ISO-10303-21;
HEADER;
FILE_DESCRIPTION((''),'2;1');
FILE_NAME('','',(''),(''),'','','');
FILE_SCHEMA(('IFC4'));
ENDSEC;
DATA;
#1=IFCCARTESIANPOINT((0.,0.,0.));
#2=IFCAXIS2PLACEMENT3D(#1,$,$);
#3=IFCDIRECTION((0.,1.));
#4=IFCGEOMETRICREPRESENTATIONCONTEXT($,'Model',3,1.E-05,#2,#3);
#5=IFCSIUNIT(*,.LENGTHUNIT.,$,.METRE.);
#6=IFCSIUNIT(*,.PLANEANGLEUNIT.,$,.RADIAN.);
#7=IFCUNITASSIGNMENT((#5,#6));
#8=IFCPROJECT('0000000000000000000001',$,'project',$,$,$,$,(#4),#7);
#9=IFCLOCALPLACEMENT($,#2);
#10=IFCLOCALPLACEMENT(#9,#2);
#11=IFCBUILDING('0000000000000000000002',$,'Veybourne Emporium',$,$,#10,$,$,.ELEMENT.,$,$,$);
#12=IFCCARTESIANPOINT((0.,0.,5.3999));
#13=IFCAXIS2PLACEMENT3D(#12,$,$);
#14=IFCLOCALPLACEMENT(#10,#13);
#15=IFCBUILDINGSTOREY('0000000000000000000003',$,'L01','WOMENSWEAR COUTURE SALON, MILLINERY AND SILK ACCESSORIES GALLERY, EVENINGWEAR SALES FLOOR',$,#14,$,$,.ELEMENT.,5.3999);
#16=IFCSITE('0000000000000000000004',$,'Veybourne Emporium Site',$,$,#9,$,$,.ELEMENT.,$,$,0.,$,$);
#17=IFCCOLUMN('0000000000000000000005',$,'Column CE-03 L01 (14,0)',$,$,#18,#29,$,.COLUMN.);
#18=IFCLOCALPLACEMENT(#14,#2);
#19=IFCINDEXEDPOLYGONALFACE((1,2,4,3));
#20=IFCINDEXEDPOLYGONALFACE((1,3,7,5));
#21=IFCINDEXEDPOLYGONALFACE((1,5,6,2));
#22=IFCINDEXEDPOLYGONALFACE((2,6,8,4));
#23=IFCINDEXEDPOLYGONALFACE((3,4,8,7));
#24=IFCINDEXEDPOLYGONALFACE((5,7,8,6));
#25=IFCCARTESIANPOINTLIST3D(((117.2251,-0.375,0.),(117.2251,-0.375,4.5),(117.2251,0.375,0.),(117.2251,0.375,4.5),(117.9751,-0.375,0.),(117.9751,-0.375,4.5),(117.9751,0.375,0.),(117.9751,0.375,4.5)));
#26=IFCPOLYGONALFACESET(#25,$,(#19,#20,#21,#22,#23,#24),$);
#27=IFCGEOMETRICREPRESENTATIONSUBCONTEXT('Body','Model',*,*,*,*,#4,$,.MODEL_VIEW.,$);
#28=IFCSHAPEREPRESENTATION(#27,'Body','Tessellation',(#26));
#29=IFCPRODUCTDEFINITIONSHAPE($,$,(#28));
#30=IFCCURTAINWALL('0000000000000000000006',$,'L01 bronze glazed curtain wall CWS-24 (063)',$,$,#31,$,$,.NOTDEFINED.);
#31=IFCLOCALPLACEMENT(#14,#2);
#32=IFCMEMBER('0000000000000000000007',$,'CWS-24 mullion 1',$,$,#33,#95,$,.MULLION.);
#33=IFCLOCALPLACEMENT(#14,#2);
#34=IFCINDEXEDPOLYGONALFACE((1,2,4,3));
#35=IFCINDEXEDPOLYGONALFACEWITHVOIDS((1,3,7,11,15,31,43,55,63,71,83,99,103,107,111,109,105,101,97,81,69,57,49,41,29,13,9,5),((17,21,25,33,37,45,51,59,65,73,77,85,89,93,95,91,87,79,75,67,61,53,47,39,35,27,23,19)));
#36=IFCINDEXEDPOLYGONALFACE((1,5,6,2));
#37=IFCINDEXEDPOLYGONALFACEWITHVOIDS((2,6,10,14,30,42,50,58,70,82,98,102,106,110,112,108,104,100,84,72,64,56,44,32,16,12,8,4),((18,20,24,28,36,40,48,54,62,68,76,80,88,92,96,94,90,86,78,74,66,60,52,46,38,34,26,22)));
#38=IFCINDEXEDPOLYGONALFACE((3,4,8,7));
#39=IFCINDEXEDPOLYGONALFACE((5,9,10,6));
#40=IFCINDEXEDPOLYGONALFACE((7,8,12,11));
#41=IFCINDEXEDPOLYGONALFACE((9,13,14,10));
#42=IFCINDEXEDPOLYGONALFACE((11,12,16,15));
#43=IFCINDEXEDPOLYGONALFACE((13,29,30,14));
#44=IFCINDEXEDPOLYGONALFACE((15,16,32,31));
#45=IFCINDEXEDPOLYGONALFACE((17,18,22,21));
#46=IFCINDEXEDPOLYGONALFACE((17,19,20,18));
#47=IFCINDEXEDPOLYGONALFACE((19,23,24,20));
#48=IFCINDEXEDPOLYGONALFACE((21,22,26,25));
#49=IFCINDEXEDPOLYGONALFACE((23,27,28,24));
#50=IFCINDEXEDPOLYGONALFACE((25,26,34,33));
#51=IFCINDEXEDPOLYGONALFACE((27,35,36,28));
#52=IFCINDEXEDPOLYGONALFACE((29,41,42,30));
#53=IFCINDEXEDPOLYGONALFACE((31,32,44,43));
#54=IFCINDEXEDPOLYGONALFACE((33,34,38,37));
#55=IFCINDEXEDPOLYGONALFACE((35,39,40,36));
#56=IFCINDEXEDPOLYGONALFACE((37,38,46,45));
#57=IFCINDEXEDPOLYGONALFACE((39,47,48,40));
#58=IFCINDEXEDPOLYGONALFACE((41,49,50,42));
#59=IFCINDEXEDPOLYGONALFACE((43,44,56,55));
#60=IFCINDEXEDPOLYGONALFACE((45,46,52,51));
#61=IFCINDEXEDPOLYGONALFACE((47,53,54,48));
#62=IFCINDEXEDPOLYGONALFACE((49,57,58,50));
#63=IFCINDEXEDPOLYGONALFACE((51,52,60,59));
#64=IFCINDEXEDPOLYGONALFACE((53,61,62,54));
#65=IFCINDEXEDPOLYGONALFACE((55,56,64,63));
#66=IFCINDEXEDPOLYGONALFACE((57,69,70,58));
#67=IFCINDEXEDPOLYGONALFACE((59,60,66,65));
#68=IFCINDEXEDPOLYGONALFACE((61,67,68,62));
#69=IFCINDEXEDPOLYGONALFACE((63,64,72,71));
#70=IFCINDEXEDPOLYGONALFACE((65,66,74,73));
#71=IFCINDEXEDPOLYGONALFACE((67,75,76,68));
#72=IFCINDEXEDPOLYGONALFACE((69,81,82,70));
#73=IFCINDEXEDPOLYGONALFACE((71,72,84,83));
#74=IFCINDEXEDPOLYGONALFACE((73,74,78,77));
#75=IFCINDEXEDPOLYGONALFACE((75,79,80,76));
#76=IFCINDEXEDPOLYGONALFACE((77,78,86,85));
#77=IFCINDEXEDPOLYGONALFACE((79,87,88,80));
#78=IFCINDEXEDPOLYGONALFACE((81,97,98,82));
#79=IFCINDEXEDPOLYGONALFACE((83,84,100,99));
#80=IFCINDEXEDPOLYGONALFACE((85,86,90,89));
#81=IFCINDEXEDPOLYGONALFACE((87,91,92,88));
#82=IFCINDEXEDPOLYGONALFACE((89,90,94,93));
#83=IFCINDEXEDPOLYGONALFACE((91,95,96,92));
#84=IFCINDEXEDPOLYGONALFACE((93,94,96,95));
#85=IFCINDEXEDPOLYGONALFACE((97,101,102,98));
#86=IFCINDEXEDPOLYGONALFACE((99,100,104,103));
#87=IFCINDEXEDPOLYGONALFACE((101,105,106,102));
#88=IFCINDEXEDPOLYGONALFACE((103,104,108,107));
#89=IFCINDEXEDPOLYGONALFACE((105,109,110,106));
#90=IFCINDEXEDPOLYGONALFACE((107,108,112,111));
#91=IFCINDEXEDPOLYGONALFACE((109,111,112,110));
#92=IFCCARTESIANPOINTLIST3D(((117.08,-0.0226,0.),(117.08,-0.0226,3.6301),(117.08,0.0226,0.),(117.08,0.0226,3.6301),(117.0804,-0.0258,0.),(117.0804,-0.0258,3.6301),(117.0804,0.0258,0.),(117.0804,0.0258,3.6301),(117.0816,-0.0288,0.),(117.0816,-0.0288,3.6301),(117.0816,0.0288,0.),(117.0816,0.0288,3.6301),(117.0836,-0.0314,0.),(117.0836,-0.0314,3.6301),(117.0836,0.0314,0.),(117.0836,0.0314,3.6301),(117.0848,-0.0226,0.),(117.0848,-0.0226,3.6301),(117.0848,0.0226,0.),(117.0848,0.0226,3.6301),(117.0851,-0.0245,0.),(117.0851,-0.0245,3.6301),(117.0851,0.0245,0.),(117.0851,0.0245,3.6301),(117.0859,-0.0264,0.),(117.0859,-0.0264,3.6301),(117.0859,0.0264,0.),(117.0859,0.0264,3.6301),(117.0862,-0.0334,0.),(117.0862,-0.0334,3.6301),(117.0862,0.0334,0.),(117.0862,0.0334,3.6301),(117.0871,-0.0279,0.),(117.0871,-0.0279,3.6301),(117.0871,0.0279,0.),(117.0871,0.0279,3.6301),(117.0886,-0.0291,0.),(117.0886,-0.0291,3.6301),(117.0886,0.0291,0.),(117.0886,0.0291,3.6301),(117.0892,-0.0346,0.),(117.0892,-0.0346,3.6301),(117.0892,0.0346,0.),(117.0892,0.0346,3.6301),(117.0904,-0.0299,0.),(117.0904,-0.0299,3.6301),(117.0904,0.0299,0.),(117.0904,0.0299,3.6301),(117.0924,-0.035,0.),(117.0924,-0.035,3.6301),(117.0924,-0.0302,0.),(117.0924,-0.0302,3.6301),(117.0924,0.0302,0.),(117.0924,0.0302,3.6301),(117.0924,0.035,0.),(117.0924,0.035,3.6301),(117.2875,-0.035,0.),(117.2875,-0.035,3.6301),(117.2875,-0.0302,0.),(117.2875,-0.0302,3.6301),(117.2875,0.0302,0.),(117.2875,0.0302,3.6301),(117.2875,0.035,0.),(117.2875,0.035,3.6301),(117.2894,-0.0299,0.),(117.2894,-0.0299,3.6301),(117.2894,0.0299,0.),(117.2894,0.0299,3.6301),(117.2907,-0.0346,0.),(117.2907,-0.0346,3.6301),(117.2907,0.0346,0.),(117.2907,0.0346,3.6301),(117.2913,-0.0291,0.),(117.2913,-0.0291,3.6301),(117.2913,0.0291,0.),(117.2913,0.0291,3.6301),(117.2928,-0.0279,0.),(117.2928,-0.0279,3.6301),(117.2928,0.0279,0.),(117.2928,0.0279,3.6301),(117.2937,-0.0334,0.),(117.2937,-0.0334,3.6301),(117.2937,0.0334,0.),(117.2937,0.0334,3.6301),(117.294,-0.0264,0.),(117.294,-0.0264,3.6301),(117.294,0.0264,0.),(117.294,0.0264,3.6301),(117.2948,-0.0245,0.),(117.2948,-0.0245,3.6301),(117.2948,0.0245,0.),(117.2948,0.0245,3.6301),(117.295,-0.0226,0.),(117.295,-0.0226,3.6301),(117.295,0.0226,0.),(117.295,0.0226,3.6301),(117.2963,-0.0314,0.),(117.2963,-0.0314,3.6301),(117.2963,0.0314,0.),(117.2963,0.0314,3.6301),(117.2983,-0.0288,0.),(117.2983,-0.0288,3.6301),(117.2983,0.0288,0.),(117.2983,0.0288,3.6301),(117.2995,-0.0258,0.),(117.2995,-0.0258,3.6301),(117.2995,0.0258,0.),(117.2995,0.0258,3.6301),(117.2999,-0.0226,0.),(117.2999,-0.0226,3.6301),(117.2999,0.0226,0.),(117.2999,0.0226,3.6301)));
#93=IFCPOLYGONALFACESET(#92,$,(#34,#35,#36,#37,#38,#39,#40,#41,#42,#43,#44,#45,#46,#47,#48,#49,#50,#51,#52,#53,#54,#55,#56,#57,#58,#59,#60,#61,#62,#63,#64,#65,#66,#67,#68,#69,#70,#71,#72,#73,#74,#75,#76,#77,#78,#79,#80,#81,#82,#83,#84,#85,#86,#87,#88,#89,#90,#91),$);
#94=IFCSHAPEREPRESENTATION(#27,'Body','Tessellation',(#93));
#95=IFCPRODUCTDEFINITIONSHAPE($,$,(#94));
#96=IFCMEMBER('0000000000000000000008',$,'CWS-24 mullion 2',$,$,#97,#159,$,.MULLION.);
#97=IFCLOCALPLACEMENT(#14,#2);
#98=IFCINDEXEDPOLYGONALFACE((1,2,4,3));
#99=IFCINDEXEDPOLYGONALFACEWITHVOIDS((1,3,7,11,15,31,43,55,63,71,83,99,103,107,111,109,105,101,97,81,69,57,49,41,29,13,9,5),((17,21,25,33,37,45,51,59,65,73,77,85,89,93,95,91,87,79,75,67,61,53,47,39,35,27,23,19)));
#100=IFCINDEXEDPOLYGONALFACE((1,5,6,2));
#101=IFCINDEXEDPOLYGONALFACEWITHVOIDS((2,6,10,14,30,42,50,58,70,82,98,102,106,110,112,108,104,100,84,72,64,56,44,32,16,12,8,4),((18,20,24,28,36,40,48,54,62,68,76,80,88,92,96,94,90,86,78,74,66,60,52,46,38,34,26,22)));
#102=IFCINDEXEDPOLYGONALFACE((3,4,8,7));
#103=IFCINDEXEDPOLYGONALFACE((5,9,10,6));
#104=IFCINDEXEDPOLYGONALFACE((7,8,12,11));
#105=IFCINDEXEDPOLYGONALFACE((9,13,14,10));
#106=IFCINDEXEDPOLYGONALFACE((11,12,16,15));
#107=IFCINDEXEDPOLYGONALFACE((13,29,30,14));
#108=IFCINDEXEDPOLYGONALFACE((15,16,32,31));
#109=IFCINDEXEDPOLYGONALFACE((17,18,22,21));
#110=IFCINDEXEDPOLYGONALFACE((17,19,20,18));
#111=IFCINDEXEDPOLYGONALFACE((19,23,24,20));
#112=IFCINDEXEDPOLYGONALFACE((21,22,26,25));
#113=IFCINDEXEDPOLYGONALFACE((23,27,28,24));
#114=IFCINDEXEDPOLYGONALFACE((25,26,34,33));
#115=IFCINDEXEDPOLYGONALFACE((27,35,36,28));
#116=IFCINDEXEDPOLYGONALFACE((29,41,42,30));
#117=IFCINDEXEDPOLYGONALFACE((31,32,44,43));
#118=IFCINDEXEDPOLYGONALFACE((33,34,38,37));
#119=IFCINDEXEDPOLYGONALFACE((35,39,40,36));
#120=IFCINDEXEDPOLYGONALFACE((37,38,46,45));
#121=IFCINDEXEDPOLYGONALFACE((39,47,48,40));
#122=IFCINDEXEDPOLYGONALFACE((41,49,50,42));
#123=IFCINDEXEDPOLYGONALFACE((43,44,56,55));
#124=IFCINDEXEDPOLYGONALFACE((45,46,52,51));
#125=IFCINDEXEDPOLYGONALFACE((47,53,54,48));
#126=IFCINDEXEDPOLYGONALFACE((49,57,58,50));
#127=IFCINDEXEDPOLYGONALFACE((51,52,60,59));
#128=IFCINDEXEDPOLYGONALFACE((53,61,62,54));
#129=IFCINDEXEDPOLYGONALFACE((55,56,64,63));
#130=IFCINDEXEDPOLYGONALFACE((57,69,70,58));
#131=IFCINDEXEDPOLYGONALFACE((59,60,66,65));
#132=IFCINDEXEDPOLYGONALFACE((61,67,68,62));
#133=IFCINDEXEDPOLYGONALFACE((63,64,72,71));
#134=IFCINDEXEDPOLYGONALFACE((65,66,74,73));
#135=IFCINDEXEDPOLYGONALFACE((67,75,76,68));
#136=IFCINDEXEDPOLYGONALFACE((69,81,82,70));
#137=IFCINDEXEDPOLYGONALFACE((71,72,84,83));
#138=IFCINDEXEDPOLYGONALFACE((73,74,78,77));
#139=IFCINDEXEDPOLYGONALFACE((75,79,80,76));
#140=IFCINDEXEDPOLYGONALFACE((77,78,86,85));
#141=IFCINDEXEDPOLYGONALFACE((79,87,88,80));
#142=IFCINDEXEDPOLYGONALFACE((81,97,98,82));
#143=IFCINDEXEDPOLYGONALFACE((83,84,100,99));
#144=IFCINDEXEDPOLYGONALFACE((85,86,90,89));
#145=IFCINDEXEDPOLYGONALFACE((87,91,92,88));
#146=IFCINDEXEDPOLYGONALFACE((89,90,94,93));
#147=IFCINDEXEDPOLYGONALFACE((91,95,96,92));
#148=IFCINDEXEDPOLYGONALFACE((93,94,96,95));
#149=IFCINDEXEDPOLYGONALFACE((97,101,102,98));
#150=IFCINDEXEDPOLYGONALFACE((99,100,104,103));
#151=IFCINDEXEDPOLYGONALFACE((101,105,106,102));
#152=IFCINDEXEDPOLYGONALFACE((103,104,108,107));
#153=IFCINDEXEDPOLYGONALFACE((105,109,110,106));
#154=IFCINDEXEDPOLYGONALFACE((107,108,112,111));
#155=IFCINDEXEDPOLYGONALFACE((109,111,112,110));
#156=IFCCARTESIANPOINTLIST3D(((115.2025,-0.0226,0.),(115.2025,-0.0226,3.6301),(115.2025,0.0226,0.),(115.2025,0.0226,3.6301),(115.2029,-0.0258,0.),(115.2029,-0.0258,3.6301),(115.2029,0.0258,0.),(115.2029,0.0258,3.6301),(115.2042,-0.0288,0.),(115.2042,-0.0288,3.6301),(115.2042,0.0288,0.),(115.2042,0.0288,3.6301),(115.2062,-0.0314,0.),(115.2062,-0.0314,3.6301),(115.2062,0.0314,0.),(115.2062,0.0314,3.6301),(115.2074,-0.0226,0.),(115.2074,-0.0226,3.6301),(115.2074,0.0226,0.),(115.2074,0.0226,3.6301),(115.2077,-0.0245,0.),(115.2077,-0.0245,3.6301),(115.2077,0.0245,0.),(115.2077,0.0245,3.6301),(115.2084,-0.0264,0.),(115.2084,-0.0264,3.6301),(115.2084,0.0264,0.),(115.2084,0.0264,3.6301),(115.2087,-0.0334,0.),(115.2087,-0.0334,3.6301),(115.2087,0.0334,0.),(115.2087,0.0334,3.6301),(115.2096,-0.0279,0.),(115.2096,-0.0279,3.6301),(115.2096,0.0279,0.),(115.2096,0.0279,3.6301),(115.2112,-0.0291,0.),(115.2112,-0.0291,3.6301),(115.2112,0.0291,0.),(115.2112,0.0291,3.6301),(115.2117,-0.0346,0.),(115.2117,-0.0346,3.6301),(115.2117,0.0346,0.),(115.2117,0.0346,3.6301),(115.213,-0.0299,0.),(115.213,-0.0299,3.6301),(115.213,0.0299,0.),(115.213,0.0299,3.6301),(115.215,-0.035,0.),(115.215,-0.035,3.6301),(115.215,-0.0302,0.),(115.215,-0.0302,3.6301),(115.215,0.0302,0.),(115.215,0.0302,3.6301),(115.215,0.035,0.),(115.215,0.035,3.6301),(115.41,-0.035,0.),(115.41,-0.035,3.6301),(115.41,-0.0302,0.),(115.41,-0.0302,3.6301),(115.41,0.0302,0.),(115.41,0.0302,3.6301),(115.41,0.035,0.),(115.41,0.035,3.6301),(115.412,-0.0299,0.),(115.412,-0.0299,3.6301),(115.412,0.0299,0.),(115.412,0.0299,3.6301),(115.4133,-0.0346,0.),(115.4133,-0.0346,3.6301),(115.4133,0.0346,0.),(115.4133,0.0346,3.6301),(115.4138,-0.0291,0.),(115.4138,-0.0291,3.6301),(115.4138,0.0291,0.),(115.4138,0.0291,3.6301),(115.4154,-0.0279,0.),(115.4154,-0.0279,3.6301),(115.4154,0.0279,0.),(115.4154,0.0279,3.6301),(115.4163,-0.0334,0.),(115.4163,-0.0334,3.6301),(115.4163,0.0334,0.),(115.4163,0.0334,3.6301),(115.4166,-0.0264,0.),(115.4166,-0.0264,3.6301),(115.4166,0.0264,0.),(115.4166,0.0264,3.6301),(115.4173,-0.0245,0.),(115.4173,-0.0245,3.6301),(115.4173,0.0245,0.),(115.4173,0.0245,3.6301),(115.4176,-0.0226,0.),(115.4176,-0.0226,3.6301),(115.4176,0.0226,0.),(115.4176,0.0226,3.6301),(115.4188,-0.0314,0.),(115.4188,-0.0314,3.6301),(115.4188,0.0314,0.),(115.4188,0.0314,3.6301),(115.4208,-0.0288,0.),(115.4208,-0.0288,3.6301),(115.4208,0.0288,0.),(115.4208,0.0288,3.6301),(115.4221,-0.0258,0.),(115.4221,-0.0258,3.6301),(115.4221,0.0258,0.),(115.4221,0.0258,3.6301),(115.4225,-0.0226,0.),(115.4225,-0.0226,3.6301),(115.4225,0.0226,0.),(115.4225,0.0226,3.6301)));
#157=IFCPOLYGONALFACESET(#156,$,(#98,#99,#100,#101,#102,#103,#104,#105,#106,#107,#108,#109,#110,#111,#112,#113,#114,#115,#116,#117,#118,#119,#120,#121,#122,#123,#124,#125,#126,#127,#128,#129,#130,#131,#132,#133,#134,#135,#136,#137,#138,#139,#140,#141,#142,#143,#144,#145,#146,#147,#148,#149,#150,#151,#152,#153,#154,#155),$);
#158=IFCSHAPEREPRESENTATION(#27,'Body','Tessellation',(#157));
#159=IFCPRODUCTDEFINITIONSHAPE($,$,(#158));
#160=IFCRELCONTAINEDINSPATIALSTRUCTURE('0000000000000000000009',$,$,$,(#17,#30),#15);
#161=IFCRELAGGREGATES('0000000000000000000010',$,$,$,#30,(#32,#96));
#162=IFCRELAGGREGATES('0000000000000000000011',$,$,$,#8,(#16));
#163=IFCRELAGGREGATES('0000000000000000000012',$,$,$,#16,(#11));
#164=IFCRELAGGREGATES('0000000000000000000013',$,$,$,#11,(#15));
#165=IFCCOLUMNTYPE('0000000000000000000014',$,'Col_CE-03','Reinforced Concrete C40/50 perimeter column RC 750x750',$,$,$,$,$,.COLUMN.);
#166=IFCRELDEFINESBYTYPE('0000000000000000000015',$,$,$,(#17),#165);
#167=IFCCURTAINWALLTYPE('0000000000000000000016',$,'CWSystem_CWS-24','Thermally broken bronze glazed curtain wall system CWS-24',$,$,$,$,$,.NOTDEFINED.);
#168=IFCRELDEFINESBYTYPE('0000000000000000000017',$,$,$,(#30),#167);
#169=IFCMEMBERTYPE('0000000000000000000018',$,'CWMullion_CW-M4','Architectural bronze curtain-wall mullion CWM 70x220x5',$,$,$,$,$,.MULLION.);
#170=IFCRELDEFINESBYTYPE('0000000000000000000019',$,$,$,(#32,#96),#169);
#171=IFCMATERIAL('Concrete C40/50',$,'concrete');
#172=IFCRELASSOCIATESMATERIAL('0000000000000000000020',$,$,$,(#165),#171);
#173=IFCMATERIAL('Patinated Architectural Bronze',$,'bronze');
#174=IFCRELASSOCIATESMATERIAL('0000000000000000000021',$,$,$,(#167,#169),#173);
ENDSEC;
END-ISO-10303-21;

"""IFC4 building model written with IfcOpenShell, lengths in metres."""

from ifc_helpers import new_model, si_unit, direction, frame, origin, origin_2d, place, context, subcontext, project, spatial, rectangle, hollow_rectangle, extrude, material, material_profile, profile_set, type_object, element, aggregate, save


model = new_model("IFC4")

# Units and contexts
model_context = context("Model", 3, precision=1e-05, world=origin(), true_north=direction((0.0, 1.0)))
body_context = subcontext(model_context, "Body", "Model", "MODEL_VIEW")
ifc_project = project(units=[si_unit("LENGTHUNIT", "METRE"), si_unit("PLANEANGLEUNIT", "RADIAN")], contexts=[model_context])

# Site, building, storey
site_placement = place(None, origin())
site = spatial("IfcSite", under=ifc_project, at=site_placement, Name="Veybourne Emporium Site", CompositionType="ELEMENT", RefElevation=0.0)
building_placement = place(site_placement, origin())
building = spatial("IfcBuilding", under=site, at=building_placement, Name="Veybourne Emporium", CompositionType="ELEMENT")
storey_placement = place(building_placement, frame((0.0, 0.0, 5.3999)))
storey = spatial("IfcBuildingStorey", under=building, at=storey_placement, Name="L01", Description="WOMENSWEAR COUTURE SALON, MILLINERY AND SILK ACCESSORIES GALLERY, EVENINGWEAR SALES FLOOR", CompositionType="ELEMENT", Elevation=5.3999)

# Column
ifc_material_1 = material(Name="Concrete C40/50", Category="concrete")
ifc_material_profile_1 = material_profile(ifc_material_1, rectangle(XDim=0.75, YDim=0.75, at=origin_2d()), Name="RC 750x750")
ifc_profile_set_1 = profile_set([ifc_material_profile_1], Name="Concrete C40/50")
column_type = type_object("IfcColumnType", Name="Col_CE-03", Description="Reinforced Concrete C40/50 perimeter column RC 750x750", PredefinedType="COLUMN", material=ifc_profile_set_1)
column_placement = place(storey_placement, frame((117.6001, 0.0, 0.0), z_axis=(0.0, 0.0, 1.0), x_axis=(1.0, 0.0, 0.0)))
element("IfcColumn", 1, at=column_placement, inside=storey, type_object=column_type, Name="Column CE-03 L01 (14,0)", PredefinedType="COLUMN", context=body_context, shape_type="SweptSolid", body=[
    extrude(rectangle(XDim=0.75, YDim=0.75, at=origin_2d()), origin(), (0.0, 0.0, 1.0), 4.5),
])

# Curtain wall, members
ifc_material_2 = material(Name="Patinated Architectural Bronze", Category="bronze")
curtain_wall_type = type_object("IfcCurtainWallType", Name="CWSystem_CWS-24", Description="Thermally broken bronze glazed curtain wall system CWS-24", PredefinedType="NOTDEFINED", material=ifc_material_2)
curtain_wall_placement = place(storey_placement, origin())
curtain_wall = element("IfcCurtainWall", 2, at=curtain_wall_placement, inside=storey, type_object=curtain_wall_type, Name="L01 bronze glazed curtain wall CWS-24 (063)", PredefinedType="NOTDEFINED")
ifc_material_profile_2 = material_profile(ifc_material_2, hollow_rectangle(XDim=0.0701, YDim=0.22, WallThickness=0.0049, InnerFilletRadius=0.0076, OuterFilletRadius=0.0125, at=origin_2d()), Name="CWM 70x220x5")
ifc_profile_set_2 = profile_set([ifc_material_profile_2], Name="Patinated Architectural Bronze")
member_type_1 = type_object("IfcMemberType", Name="CWMullion_CW-M4", Description="Architectural bronze curtain-wall mullion CWM 70x220x5", PredefinedType="MULLION", material=ifc_profile_set_2)
member_1_placement = place(storey_placement, frame((117.1899, 0.0, 0.0), z_axis=(0.0, 0.0, 1.0), x_axis=(0.0, -1.0, 0.0)))
member_1 = element("IfcMember", 3, at=member_1_placement, type_object=member_type_1, Name="CWS-24 mullion 1", PredefinedType="MULLION", context=body_context, shape_type="SweptSolid", body=[
    extrude(hollow_rectangle(XDim=0.0701, YDim=0.22, WallThickness=0.0049, InnerFilletRadius=0.0076, OuterFilletRadius=0.0125, at=origin_2d()), origin(), (0.0, 0.0, 1.0), 3.6301),
])
member_2_placement = place(storey_placement, frame((115.3125, 0.0, 0.0), z_axis=(0.0, 0.0, 1.0), x_axis=(0.0, -1.0, 0.0)))
member_2 = element("IfcMember", 4, at=member_2_placement, type_object=member_type_1, Name="CWS-24 mullion 2", PredefinedType="MULLION", context=body_context, shape_type="SweptSolid", body=[
    extrude(hollow_rectangle(XDim=0.0701, YDim=0.22, WallThickness=0.0049, InnerFilletRadius=0.0076, OuterFilletRadius=0.0125, at=origin_2d()), origin(), (0.0, 0.0, 1.0), 3.6301),
])

aggregate(curtain_wall, [member_1, member_2])

save(model, "model.ifc")
